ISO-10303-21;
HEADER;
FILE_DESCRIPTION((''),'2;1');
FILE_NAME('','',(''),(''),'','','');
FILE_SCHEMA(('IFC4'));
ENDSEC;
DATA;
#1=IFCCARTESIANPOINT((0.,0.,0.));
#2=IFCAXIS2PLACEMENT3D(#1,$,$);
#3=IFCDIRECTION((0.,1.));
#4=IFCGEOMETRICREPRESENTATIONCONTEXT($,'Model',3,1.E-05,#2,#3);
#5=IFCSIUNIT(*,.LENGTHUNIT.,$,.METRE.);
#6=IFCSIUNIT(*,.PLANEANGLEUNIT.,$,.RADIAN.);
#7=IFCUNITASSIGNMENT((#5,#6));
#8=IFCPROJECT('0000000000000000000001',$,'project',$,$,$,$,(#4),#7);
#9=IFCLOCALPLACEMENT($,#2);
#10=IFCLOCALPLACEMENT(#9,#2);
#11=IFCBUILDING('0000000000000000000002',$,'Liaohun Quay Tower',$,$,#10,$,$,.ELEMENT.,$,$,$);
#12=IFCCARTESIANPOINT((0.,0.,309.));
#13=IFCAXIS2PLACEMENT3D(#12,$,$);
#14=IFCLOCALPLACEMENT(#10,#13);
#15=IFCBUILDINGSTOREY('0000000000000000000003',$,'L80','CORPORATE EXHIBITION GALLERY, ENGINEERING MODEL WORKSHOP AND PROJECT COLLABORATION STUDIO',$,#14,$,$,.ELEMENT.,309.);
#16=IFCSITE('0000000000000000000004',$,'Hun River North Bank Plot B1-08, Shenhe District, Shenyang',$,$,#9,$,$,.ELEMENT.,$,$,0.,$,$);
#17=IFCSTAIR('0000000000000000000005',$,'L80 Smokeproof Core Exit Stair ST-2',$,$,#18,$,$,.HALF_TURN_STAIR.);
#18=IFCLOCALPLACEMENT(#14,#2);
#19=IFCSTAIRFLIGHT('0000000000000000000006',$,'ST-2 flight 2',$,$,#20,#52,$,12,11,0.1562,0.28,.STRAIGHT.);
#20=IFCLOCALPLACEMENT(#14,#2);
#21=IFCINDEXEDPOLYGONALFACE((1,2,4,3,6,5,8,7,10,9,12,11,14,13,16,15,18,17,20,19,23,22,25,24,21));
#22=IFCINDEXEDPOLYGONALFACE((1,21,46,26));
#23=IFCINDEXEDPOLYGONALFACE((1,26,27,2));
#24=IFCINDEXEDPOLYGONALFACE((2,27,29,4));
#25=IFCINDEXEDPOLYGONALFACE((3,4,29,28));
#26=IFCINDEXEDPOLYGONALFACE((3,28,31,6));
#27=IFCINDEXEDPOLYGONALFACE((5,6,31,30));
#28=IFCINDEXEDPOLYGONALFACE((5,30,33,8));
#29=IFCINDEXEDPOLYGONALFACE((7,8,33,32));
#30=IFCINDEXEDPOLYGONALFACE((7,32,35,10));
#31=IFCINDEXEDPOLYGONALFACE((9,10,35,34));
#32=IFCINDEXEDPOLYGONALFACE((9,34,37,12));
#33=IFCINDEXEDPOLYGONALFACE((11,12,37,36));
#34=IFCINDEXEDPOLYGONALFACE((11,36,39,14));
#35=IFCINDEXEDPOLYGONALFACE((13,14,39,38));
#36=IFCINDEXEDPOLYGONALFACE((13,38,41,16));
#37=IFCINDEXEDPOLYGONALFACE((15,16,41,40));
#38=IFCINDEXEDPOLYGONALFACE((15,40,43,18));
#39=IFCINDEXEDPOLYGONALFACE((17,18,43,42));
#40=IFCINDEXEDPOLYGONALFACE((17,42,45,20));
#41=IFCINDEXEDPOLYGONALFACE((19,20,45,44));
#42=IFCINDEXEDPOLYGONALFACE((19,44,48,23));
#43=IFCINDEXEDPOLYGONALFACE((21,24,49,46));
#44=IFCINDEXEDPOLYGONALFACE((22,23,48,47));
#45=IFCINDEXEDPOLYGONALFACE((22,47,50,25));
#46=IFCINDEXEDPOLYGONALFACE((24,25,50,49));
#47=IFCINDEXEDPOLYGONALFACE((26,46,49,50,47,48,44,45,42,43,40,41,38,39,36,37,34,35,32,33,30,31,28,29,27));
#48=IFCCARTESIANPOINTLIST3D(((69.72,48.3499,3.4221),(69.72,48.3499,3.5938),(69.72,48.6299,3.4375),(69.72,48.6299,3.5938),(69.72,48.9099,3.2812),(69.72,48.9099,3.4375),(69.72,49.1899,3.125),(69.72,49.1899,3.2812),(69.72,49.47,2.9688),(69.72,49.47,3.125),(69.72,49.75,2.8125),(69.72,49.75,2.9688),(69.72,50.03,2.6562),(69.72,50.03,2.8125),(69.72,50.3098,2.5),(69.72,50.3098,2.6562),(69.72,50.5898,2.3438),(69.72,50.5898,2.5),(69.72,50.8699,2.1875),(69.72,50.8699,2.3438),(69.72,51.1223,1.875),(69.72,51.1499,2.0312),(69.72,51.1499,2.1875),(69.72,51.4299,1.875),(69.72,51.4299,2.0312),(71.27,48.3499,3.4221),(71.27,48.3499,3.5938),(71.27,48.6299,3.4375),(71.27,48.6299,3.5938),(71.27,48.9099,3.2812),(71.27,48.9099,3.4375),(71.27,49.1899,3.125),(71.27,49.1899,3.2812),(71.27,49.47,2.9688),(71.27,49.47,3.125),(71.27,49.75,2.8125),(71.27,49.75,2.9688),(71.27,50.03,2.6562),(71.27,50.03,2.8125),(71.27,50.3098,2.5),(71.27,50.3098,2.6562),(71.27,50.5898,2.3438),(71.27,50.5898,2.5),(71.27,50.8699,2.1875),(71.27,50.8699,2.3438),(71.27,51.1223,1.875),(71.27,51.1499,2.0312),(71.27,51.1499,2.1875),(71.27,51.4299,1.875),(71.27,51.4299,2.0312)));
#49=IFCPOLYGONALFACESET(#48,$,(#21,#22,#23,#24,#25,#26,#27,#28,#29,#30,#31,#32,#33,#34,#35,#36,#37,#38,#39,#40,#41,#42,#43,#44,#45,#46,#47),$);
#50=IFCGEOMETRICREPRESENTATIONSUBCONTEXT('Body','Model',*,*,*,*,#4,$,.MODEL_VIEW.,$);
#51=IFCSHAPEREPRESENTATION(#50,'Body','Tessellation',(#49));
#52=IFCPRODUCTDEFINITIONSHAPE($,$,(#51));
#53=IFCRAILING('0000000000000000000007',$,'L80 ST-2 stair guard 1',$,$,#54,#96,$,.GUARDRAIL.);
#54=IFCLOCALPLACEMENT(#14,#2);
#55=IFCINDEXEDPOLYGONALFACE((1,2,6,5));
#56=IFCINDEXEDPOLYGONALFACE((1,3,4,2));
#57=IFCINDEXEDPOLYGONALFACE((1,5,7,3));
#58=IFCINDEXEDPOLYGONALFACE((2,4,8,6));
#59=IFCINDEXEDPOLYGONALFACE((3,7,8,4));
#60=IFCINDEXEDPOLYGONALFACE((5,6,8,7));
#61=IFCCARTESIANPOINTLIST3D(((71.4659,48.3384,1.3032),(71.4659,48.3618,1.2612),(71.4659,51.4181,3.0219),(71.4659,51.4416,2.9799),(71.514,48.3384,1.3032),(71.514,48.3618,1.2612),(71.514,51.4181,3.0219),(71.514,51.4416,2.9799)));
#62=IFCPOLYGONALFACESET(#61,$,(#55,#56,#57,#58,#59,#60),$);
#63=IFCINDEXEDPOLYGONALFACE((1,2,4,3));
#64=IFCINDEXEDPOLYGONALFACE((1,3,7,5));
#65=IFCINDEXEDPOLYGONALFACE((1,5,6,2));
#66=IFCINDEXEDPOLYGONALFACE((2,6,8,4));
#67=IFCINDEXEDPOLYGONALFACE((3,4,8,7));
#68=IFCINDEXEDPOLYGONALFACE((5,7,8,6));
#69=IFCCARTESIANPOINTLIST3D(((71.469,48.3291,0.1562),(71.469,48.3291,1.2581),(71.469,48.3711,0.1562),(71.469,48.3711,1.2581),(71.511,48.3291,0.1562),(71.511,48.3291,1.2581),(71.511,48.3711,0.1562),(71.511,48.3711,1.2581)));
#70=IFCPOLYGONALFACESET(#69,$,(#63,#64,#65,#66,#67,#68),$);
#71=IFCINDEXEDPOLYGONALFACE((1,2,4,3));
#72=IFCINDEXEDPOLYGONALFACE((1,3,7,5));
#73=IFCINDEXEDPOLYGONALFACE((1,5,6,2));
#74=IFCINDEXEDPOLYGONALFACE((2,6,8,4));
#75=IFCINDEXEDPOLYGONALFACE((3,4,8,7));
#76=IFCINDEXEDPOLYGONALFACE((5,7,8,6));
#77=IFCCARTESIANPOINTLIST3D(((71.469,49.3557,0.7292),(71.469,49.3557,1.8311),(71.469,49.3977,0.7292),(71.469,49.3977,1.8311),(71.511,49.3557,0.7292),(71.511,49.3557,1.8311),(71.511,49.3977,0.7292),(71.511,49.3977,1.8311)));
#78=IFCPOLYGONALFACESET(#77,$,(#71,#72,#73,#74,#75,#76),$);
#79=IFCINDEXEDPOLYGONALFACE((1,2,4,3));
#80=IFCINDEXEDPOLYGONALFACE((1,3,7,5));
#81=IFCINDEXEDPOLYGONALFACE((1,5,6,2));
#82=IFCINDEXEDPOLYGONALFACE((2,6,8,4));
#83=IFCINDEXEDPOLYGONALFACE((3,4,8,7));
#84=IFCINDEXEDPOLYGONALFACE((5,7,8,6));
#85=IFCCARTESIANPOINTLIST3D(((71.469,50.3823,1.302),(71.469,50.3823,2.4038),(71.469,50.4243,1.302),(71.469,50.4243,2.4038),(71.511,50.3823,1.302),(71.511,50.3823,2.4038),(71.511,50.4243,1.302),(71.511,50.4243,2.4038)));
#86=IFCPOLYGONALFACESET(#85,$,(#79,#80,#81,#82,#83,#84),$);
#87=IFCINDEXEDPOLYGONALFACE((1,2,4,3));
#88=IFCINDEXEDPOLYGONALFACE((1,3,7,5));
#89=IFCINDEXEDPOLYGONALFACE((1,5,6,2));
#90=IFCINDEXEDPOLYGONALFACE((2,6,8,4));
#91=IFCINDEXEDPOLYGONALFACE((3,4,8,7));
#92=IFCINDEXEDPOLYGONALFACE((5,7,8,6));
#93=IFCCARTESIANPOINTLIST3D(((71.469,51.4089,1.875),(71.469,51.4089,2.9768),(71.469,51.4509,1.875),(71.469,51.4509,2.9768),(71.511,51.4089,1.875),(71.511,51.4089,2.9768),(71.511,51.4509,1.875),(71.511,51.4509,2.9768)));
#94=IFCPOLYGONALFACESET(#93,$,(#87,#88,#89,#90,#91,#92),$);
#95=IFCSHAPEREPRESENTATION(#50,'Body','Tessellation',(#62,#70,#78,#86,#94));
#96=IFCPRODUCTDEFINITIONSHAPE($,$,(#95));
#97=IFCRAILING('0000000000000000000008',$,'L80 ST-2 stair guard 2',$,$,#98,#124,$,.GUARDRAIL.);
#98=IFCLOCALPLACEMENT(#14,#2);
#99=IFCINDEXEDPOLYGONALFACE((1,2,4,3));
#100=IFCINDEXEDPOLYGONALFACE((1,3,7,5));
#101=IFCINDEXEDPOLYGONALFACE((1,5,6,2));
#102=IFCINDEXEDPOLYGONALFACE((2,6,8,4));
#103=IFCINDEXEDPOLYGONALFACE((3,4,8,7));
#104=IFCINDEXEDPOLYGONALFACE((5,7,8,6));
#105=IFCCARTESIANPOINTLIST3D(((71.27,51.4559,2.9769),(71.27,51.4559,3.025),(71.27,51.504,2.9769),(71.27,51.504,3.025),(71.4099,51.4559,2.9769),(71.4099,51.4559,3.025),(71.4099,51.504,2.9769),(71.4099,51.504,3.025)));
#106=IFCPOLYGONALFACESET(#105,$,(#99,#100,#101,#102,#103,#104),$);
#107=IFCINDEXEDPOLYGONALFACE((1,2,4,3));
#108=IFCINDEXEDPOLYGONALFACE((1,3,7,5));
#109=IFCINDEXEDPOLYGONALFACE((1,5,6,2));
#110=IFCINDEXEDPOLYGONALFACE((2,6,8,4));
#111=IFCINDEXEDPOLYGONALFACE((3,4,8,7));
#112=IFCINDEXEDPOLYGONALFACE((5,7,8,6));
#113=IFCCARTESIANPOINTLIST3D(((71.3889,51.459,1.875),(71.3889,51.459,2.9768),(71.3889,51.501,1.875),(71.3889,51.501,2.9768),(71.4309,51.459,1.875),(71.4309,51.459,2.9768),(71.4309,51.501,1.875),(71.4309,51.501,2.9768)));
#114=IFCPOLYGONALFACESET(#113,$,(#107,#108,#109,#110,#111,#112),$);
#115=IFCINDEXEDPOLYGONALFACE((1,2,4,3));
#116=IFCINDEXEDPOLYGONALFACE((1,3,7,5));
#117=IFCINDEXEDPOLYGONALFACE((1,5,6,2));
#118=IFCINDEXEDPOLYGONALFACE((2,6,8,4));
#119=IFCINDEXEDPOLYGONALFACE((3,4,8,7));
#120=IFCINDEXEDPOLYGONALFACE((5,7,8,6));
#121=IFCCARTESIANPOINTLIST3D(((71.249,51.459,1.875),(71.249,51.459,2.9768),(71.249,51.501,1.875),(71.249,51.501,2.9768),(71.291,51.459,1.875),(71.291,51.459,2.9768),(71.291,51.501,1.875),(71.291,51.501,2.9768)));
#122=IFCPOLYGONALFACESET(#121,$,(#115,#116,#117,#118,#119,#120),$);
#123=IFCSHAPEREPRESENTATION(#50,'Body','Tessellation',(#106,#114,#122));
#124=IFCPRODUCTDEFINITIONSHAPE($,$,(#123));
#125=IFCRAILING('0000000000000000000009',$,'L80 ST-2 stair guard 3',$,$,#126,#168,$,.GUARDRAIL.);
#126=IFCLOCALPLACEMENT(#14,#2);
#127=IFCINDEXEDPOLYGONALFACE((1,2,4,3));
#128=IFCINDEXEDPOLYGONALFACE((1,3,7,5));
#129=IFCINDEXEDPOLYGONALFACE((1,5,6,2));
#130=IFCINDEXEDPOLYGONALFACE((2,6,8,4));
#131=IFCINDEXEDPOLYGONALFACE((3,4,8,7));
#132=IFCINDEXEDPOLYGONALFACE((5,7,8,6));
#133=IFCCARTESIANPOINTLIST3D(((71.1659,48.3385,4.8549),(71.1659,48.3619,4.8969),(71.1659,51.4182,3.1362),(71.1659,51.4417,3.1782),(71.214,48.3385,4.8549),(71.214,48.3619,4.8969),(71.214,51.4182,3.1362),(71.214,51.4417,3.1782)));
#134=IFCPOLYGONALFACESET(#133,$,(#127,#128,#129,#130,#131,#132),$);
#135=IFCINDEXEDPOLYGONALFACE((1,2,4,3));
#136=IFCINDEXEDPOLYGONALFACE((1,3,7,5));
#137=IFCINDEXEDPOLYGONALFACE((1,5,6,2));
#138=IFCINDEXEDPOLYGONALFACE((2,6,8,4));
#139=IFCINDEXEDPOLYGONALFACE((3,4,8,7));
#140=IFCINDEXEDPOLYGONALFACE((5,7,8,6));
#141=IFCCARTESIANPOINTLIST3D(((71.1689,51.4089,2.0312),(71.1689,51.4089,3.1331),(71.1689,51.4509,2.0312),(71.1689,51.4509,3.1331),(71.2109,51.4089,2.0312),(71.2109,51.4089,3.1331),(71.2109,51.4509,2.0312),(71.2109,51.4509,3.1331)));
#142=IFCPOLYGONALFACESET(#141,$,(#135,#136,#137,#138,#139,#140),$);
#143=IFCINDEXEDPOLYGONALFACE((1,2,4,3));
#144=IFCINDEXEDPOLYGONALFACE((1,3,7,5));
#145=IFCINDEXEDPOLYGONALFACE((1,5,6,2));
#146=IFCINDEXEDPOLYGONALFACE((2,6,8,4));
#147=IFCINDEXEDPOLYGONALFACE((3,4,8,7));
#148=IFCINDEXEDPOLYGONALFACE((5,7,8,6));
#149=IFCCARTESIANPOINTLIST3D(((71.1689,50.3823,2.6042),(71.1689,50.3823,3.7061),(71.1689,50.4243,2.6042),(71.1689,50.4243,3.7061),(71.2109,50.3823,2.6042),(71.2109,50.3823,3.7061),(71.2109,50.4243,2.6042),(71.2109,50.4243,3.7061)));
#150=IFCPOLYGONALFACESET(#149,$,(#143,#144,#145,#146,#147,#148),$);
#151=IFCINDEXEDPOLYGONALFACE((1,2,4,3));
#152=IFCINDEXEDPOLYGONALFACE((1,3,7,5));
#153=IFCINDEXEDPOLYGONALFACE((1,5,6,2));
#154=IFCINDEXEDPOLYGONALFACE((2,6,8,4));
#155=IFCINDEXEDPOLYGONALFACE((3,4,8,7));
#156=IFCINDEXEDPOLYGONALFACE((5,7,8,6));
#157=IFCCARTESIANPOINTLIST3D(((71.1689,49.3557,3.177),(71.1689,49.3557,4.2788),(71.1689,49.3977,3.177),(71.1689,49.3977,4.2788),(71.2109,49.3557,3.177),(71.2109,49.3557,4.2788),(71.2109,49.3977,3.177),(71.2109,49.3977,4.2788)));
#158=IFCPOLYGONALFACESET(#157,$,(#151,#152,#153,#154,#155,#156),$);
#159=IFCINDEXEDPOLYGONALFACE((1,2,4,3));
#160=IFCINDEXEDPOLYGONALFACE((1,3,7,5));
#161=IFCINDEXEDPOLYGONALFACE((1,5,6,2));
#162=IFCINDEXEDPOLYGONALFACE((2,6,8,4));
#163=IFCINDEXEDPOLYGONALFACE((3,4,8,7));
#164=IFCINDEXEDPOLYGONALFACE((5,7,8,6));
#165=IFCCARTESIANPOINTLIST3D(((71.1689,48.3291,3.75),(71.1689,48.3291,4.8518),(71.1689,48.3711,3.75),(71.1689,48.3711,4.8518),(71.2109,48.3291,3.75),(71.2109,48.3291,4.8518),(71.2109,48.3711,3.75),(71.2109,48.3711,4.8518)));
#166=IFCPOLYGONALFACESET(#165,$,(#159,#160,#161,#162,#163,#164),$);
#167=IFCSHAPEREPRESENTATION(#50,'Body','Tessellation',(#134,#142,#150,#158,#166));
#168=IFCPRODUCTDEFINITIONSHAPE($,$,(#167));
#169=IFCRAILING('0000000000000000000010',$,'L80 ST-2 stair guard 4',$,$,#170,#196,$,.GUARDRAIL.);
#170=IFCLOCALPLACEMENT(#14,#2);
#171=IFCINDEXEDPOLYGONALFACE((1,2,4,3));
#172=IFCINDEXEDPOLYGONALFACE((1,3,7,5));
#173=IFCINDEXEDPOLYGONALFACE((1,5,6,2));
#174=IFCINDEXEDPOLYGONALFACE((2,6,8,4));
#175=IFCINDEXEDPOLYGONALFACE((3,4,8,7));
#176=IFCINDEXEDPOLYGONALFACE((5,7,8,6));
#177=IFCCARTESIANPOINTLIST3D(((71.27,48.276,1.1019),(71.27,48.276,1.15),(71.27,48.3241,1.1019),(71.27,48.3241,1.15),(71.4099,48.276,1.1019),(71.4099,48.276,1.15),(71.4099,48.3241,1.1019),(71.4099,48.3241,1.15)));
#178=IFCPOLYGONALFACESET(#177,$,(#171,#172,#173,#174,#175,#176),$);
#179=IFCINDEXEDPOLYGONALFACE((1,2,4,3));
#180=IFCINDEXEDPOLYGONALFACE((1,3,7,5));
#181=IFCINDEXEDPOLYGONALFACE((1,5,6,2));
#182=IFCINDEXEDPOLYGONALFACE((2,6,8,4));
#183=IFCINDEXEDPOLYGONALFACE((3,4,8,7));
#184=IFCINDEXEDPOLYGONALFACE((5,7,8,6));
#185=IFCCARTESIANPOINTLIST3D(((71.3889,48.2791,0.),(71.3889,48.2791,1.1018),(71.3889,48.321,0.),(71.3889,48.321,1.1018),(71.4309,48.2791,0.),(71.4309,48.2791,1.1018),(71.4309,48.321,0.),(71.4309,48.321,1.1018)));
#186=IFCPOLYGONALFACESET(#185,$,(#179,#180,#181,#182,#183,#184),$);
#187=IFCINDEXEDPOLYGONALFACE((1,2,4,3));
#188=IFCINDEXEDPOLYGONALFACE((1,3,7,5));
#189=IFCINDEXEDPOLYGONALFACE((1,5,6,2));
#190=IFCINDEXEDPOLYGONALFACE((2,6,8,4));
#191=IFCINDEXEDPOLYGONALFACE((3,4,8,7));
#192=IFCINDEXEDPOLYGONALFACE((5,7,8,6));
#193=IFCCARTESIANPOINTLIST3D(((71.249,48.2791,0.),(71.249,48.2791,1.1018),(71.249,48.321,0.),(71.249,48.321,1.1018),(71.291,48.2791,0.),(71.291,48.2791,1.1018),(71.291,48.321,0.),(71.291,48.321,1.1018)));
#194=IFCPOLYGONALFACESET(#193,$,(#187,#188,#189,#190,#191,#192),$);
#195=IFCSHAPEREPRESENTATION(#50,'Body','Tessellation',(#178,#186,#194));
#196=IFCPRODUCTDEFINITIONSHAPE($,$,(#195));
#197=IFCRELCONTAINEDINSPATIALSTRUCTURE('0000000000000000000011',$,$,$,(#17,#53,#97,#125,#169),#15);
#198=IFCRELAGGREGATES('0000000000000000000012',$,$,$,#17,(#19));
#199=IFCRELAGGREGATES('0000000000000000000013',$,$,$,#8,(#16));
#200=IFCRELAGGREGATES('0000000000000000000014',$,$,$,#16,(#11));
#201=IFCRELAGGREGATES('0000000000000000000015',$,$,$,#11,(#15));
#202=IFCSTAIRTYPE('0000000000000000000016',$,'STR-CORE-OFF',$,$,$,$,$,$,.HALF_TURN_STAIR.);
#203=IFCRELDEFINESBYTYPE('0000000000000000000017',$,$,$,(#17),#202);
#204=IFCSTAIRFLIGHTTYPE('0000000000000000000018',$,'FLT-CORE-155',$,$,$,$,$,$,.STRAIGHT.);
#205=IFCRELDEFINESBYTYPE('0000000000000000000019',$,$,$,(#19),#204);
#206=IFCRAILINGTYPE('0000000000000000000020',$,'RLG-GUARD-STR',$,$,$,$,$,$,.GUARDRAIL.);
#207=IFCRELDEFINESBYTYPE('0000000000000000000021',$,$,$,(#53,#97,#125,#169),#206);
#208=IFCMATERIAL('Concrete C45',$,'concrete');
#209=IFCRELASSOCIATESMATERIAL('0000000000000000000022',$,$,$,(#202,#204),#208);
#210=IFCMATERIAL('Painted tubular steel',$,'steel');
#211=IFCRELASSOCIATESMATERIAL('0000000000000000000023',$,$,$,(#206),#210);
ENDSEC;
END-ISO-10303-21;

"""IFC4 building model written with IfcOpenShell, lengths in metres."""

from ifc_helpers import new_model, si_unit, direction, frame, origin, origin_2d, place, context, subcontext, project, spatial, polyline, rectangle, outline, extrude, material, type_object, element, aggregate, save


model = new_model("IFC4")

# Units and contexts
model_context = context("Model", 3, precision=1e-05, world=origin(), true_north=direction((0.0, 1.0)))
body_context = subcontext(model_context, "Body", "Model", "MODEL_VIEW")
ifc_project = project(units=[si_unit("LENGTHUNIT", "METRE"), si_unit("PLANEANGLEUNIT", "RADIAN")], contexts=[model_context])

# Site, building, storey
site_placement = place(None, origin())
site = spatial("IfcSite", under=ifc_project, at=site_placement, Name="Hun River North Bank Plot B1-08, Shenhe District, Shenyang", CompositionType="ELEMENT", RefElevation=0.0)
building_placement = place(site_placement, origin())
building = spatial("IfcBuilding", under=site, at=building_placement, Name="Liaohun Quay Tower", CompositionType="ELEMENT")
storey_placement = place(building_placement, frame((0.0, 0.0, 309.0)))
storey = spatial("IfcBuildingStorey", under=building, at=storey_placement, Name="L80", Description="CORPORATE EXHIBITION GALLERY, ENGINEERING MODEL WORKSHOP AND PROJECT COLLABORATION STUDIO", CompositionType="ELEMENT", Elevation=309.0)

# Stair, stair flight
ifc_material_1 = material(Name="Concrete C45", Category="concrete")
stair_type = type_object("IfcStairType", Name="STR-CORE-OFF", PredefinedType="HALF_TURN_STAIR", material=ifc_material_1)
stair_placement = place(storey_placement, origin())
stair = element("IfcStair", 1, at=stair_placement, inside=storey, type_object=stair_type, Name="L80 Smokeproof Core Exit Stair ST-2", PredefinedType="HALF_TURN_STAIR")
stair_flight_type = type_object("IfcStairFlightType", Name="FLT-CORE-155", PredefinedType="STRAIGHT", material=ifc_material_1)
stair_flight_1_placement = place(storey_placement, frame((70.4951, 51.4299, 1.875), z_axis=(0.0, 0.0, 1.0), x_axis=(0.0, -1.0, 0.0)))
stair_flight_1 = element("IfcStairFlight", 2, at=stair_flight_1_placement, type_object=stair_flight_type, Name="ST-2 flight 2", NumberOfRisers=12, NumberOfTreads=11, PredefinedType="STRAIGHT", RiserHeight=0.1562, TreadLength=0.28, context=body_context, shape_type="SweptSolid", body=[
    extrude(outline(polyline([(0.0, 0.0), (0.0, 0.1562), (0.28, 0.1562), (0.28, 0.3125), (0.5601, 0.3125), (0.5601, 0.4688), (0.8401, 0.4688), (0.8401, 0.625), (1.1201, 0.625), (1.1201, 0.7812), (1.3999, 0.7812), (1.3999, 0.9375), (1.6799, 0.9375), (1.6799, 1.0938), (1.96, 1.0938), (1.96, 1.25), (2.24, 1.25), (2.24, 1.4062), (2.52, 1.4062), (2.52, 1.5625), (2.8, 1.5625), (2.8, 1.7188), (3.0801, 1.7188), (3.0801, 1.875), (3.0801, 1.5471), (0.3076, 0.0), (0.0, 0.0)])), frame((0.0, 0.7749, 0.0), z_axis=(0.0, -1.0, 0.0), x_axis=(1.0, 0.0, 0.0)), (0.0, 0.0, 1.0), 1.55),
])
aggregate(stair, [stair_flight_1])

# Railings
ifc_material_2 = material(Name="Painted tubular steel", Category="steel")
railing_type_1 = type_object("IfcRailingType", Name="RLG-GUARD-STR", PredefinedType="GUARDRAIL", material=ifc_material_2)
railing_1_placement = place(storey_placement, frame((71.49, 48.3501, 0.1562)))
element("IfcRailing", 3, at=railing_1_placement, inside=storey, type_object=railing_type_1, Name="L80 ST-2 stair guard 1", PredefinedType="GUARDRAIL", context=body_context, shape_type="SweptSolid", body=[
    extrude(rectangle(XDim=0.0481, YDim=0.0481, at=origin_2d()), frame((0.0, 0.0, 1.126), z_axis=(0.0, 0.873225, 0.487317), x_axis=(-1.0, 0.0, 0.0)), (0.0, 0.0, 1.0), 3.5269),
    extrude(rectangle(XDim=0.042, YDim=0.042, at=origin_2d()), origin(), (0.0, 0.0, 1.0), 1.1018),
    extrude(rectangle(XDim=0.042, YDim=0.042, at=origin_2d()), frame((0.0, 1.0266, 0.573)), (0.0, 0.0, 1.0), 1.1018),
    extrude(rectangle(XDim=0.042, YDim=0.042, at=origin_2d()), frame((0.0, 2.0532, 1.1458)), (0.0, 0.0, 1.0), 1.1018),
    extrude(rectangle(XDim=0.042, YDim=0.042, at=origin_2d()), frame((0.0, 3.0798, 1.7188)), (0.0, 0.0, 1.0), 1.1018),
])
railing_2_placement = place(storey_placement, frame((71.4099, 51.48, 1.875)))
element("IfcRailing", 4, at=railing_2_placement, inside=storey, type_object=railing_type_1, Name="L80 ST-2 stair guard 2", PredefinedType="GUARDRAIL", context=body_context, shape_type="SweptSolid", body=[
    extrude(rectangle(XDim=0.0481, YDim=0.0481, at=origin_2d()), frame((0.0, 0.0, 1.126), z_axis=(-1.0, 0.0, 0.0), x_axis=(0.0, -1.0, 0.0)), (0.0, 0.0, 1.0), 0.1399),
    extrude(rectangle(XDim=0.042, YDim=0.042, at=origin_2d()), origin(), (0.0, 0.0, 1.0), 1.1018),
    extrude(rectangle(XDim=0.042, YDim=0.042, at=origin_2d()), frame((-0.1399, 0.0, 0.0)), (0.0, 0.0, 1.0), 1.1018),
])
railing_3_placement = place(storey_placement, frame((71.1899, 51.4299, 2.0312)))
element("IfcRailing", 5, at=railing_3_placement, inside=storey, type_object=railing_type_1, Name="L80 ST-2 stair guard 3", PredefinedType="GUARDRAIL", context=body_context, shape_type="SweptSolid", body=[
    extrude(rectangle(XDim=0.0481, YDim=0.0481, at=origin_2d()), frame((0.0, 0.0, 1.126), z_axis=(0.0, -0.873225, 0.487317), x_axis=(1.0, 0.0, 0.0)), (0.0, 0.0, 1.0), 3.5269),
    extrude(rectangle(XDim=0.042, YDim=0.042, at=origin_2d()), origin(), (0.0, 0.0, 1.0), 1.1018),
    extrude(rectangle(XDim=0.042, YDim=0.042, at=origin_2d()), frame((0.0, -1.0266, 0.573)), (0.0, 0.0, 1.0), 1.1018),
    extrude(rectangle(XDim=0.042, YDim=0.042, at=origin_2d()), frame((0.0, -2.0532, 1.1458)), (0.0, 0.0, 1.0), 1.1018),
    extrude(rectangle(XDim=0.042, YDim=0.042, at=origin_2d()), frame((0.0, -3.0798, 1.7188)), (0.0, 0.0, 1.0), 1.1018),
])
railing_4_placement = place(storey_placement, frame((71.4099, 48.3, 0.0)))
element("IfcRailing", 6, at=railing_4_placement, inside=storey, type_object=railing_type_1, Name="L80 ST-2 stair guard 4", PredefinedType="GUARDRAIL", context=body_context, shape_type="SweptSolid", body=[
    extrude(rectangle(XDim=0.0481, YDim=0.0481, at=origin_2d()), frame((0.0, 0.0, 1.126), z_axis=(-1.0, 0.0, 0.0), x_axis=(0.0, -1.0, 0.0)), (0.0, 0.0, 1.0), 0.1399),
    extrude(rectangle(XDim=0.042, YDim=0.042, at=origin_2d()), origin(), (0.0, 0.0, 1.0), 1.1018),
    extrude(rectangle(XDim=0.042, YDim=0.042, at=origin_2d()), frame((-0.1399, 0.0, 0.0)), (0.0, 0.0, 1.0), 1.1018),
])

save(model, "model.ifc")
